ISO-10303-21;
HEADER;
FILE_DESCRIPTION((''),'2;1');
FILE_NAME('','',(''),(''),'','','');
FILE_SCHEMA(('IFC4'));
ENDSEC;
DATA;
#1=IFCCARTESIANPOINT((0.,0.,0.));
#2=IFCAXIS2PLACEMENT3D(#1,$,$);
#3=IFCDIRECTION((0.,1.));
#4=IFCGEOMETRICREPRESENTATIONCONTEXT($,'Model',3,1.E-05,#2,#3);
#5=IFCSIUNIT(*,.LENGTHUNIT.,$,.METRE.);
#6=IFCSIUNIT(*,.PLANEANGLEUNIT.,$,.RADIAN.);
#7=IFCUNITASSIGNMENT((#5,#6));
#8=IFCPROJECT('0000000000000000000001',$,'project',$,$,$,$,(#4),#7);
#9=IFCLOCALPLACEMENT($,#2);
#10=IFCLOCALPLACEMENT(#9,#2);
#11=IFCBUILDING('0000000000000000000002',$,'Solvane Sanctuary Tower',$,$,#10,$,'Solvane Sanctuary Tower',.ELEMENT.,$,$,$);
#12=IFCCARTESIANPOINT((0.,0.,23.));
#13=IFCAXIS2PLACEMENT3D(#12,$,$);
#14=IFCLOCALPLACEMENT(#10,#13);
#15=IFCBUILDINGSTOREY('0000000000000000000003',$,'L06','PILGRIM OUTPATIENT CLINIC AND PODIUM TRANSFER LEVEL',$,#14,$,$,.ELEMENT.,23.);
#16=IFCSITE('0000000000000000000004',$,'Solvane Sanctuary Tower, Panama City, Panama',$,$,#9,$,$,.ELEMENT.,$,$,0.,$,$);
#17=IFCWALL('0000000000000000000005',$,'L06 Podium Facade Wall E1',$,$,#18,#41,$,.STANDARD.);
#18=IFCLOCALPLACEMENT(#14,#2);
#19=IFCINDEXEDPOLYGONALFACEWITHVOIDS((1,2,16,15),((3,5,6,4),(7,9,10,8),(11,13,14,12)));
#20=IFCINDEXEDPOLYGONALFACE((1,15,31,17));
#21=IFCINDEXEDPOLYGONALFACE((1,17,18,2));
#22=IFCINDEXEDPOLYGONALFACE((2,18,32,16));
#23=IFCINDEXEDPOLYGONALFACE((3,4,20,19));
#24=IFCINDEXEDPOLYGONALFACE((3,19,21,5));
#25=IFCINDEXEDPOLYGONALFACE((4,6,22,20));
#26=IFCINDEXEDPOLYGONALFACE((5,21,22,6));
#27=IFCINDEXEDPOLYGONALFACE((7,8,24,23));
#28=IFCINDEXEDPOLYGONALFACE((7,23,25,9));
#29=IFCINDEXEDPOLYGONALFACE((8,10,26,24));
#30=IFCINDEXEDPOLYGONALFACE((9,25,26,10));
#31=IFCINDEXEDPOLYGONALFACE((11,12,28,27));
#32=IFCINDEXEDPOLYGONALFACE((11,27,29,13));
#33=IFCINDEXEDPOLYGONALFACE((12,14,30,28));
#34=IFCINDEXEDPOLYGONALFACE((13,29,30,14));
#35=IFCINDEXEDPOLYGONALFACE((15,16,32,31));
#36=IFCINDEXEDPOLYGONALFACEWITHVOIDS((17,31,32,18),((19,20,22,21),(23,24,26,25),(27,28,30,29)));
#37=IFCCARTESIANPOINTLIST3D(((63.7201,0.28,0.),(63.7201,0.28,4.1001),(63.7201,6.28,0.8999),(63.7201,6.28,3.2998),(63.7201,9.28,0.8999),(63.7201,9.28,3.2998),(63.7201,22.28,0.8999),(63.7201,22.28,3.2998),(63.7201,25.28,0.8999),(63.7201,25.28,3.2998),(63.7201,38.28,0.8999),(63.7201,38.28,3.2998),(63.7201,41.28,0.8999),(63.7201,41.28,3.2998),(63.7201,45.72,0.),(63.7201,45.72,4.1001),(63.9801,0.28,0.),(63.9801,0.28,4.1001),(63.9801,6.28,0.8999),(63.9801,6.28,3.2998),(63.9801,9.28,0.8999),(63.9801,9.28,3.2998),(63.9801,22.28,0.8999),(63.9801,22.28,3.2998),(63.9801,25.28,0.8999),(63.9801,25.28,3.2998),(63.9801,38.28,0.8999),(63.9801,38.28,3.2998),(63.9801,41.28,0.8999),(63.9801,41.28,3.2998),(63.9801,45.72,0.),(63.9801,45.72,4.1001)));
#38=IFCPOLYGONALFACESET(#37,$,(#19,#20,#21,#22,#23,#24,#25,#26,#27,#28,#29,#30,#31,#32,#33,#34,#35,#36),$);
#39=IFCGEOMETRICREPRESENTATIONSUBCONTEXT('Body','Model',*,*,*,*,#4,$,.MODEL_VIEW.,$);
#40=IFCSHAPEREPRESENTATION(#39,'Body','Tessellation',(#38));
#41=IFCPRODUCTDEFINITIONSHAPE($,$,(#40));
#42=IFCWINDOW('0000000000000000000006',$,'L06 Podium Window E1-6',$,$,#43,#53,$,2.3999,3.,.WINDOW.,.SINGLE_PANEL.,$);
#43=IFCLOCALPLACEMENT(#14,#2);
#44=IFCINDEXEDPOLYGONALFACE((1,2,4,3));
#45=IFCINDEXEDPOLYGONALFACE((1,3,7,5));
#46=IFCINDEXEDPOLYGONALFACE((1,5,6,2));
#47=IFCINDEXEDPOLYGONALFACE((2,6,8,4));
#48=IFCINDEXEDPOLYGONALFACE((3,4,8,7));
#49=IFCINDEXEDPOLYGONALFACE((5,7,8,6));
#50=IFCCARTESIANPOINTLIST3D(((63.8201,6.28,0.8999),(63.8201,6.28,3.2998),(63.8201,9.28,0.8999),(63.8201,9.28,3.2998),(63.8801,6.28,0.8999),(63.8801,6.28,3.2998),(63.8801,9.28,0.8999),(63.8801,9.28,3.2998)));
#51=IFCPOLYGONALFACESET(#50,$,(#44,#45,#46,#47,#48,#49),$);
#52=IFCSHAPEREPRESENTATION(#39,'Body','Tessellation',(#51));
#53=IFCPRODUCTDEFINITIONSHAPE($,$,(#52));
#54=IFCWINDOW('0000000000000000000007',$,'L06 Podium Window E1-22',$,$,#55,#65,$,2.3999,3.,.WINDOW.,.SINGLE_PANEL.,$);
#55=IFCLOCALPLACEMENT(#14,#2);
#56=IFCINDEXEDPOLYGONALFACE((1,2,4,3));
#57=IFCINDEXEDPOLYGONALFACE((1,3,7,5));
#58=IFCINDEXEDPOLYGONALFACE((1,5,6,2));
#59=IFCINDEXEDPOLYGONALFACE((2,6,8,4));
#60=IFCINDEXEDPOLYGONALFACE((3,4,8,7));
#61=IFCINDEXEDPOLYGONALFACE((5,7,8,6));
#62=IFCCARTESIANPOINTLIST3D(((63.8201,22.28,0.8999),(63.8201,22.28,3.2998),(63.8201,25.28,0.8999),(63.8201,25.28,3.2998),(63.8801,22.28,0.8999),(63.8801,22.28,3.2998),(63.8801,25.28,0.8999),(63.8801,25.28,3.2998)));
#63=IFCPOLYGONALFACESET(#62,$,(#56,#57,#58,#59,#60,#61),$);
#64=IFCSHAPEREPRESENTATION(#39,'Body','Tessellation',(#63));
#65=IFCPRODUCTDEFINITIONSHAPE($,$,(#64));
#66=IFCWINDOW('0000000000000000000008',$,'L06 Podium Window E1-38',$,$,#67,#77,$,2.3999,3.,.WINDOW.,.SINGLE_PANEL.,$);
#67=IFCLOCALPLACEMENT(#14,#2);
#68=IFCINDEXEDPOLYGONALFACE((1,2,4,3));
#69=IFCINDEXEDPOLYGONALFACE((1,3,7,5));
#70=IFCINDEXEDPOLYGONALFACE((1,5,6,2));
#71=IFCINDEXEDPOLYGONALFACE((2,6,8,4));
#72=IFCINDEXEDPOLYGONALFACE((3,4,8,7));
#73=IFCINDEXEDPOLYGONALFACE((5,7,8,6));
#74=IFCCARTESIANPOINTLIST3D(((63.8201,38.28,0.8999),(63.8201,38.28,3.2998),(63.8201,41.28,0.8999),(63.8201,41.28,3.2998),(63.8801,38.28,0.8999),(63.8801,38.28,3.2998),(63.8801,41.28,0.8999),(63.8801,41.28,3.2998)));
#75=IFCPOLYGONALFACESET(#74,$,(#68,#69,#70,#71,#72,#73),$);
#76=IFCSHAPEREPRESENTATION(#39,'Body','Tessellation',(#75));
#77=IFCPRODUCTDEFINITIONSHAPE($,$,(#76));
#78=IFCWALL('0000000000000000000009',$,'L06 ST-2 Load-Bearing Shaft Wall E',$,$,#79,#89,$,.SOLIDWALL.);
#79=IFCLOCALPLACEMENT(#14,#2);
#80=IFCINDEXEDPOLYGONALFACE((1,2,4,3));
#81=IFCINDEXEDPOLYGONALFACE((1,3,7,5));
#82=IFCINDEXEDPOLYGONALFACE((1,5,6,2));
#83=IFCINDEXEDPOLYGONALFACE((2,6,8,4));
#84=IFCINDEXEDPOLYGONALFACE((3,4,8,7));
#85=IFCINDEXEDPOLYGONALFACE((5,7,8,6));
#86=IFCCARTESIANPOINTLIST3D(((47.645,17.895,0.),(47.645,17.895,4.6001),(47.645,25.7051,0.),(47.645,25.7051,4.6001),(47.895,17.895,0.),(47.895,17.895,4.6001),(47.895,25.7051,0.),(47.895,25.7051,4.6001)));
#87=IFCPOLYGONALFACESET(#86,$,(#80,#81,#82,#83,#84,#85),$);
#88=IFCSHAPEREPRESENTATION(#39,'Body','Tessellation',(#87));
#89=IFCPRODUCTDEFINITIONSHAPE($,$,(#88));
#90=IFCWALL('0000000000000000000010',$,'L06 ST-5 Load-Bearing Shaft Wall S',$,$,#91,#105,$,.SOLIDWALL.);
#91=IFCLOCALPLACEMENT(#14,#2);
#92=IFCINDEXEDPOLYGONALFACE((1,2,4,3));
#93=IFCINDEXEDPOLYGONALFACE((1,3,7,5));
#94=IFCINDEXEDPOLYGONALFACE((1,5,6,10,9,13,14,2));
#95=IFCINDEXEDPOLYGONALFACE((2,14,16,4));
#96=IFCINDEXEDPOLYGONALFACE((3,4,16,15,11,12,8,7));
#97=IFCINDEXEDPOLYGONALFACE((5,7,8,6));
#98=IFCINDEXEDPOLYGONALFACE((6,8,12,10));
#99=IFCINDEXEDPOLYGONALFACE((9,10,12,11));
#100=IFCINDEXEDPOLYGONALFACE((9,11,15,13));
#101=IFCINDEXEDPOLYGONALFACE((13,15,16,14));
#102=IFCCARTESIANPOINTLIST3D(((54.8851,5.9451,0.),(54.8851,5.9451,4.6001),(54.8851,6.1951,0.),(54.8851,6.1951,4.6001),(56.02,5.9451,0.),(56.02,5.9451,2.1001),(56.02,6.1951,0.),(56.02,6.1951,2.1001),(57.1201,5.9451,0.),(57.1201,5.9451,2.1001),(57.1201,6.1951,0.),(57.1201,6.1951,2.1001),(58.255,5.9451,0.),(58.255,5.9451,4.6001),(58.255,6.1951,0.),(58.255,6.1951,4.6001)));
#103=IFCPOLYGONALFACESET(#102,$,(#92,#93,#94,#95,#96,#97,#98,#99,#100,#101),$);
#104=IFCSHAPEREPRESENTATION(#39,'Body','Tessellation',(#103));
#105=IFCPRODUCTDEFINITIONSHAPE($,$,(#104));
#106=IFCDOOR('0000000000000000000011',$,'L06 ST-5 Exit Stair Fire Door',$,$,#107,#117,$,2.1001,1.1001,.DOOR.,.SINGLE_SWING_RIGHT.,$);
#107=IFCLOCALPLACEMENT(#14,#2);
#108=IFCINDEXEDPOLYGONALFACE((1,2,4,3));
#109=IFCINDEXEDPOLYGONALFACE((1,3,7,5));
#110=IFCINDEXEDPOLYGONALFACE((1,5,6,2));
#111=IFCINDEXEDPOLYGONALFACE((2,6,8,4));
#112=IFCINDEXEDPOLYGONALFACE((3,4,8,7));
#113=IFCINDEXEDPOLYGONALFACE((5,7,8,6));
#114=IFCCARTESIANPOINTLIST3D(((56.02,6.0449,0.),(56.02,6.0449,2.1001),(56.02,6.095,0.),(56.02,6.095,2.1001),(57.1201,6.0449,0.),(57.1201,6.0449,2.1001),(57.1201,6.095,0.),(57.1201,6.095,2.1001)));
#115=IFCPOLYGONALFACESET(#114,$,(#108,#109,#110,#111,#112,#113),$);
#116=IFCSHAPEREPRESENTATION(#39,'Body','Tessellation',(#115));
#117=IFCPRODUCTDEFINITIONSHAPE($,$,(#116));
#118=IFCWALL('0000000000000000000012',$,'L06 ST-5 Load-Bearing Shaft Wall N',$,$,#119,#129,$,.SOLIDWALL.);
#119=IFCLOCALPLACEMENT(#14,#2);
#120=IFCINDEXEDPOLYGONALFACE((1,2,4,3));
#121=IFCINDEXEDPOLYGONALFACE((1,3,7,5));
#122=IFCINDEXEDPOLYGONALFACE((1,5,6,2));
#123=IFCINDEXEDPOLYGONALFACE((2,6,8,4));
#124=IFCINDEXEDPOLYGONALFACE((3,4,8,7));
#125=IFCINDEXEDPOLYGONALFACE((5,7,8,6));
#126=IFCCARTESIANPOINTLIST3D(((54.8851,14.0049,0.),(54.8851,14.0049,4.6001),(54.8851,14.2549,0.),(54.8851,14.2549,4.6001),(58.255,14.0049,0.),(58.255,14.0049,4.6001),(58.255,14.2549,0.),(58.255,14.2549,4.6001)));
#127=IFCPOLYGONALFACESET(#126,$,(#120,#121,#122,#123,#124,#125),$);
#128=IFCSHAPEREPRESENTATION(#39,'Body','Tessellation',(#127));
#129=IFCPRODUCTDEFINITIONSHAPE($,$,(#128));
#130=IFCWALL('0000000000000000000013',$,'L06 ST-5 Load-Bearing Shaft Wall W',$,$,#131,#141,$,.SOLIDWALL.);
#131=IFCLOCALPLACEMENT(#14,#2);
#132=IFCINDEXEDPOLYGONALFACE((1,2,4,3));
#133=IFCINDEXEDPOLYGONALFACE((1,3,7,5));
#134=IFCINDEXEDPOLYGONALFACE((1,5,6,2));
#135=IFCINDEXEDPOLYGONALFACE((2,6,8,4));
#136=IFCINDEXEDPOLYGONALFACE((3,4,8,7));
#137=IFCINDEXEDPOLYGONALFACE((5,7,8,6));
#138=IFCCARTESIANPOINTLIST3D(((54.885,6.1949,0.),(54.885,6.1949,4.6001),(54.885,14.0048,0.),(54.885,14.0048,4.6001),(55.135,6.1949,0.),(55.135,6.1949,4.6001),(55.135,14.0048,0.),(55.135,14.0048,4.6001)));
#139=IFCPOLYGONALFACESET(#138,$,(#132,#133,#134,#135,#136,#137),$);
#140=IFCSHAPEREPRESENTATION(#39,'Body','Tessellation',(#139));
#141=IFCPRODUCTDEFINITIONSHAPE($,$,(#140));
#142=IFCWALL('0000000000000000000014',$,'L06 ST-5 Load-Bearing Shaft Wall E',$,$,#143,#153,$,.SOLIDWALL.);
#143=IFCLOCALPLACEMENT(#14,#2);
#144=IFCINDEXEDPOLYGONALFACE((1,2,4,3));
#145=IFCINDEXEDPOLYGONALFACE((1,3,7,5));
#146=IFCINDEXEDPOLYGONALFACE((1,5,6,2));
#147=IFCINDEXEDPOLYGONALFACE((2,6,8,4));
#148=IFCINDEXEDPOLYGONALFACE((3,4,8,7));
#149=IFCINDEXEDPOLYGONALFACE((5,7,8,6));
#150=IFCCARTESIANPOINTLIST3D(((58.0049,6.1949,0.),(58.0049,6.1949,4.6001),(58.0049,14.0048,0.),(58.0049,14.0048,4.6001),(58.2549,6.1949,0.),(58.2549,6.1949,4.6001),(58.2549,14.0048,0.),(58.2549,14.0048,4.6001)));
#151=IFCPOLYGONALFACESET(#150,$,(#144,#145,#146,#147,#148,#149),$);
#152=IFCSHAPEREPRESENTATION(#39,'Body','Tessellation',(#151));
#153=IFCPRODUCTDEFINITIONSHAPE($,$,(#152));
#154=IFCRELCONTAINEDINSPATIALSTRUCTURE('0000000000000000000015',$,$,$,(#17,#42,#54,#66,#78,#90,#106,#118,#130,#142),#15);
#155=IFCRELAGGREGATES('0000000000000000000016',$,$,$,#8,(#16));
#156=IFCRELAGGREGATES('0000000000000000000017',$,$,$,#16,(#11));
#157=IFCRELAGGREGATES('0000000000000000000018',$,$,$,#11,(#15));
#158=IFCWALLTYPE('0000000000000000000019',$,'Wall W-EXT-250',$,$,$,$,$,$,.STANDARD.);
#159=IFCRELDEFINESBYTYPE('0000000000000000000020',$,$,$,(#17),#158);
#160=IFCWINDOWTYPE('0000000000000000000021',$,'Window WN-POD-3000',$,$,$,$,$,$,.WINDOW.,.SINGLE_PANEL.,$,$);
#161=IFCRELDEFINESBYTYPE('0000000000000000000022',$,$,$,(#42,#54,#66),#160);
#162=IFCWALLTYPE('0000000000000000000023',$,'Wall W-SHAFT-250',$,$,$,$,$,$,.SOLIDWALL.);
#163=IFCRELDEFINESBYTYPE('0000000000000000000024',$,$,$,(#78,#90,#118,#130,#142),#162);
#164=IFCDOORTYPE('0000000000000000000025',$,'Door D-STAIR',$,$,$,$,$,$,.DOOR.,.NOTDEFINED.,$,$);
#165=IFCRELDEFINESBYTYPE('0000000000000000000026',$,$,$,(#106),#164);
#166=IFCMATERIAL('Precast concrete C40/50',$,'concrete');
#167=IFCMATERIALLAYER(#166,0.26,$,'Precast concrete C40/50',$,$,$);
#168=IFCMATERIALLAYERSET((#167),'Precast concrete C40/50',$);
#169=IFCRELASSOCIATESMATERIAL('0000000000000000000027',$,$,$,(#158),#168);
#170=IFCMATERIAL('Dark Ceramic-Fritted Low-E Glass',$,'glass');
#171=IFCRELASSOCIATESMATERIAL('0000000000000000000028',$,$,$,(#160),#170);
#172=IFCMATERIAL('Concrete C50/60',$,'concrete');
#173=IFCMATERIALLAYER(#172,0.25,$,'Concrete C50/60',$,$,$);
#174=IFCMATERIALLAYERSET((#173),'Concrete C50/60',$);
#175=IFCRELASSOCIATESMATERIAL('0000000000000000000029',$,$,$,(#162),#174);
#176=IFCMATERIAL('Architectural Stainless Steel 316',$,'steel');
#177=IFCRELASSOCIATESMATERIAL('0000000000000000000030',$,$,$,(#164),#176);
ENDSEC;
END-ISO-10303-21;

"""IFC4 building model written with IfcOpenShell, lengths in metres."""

from ifc_helpers import new_model, si_unit, direction, frame, frame_2d, origin, place, context, subcontext, project, spatial, rectangle, extrude, material, layer, layer_set, type_object, element, fill, save


model = new_model("IFC4")

# Units and contexts
model_context = context("Model", 3, precision=1e-05, world=origin(), true_north=direction((0.0, 1.0)))
body_context = subcontext(model_context, "Body", "Model", "MODEL_VIEW")
ifc_project = project(units=[si_unit("LENGTHUNIT", "METRE"), si_unit("PLANEANGLEUNIT", "RADIAN")], contexts=[model_context])

# Site, building, storey
site_placement = place(None, origin())
site = spatial("IfcSite", under=ifc_project, at=site_placement, Name="Solvane Sanctuary Tower, Panama City, Panama", CompositionType="ELEMENT", RefElevation=0.0)
building_placement = place(site_placement, origin())
building = spatial("IfcBuilding", under=site, at=building_placement, Name="Solvane Sanctuary Tower", LongName="Solvane Sanctuary Tower", CompositionType="ELEMENT")
storey_placement = place(building_placement, frame((0.0, 0.0, 23.0)))
storey = spatial("IfcBuildingStorey", under=building, at=storey_placement, Name="L06", Description="PILGRIM OUTPATIENT CLINIC AND PODIUM TRANSFER LEVEL", CompositionType="ELEMENT", Elevation=23.0)

# Shared definitions
ifc_material_1 = material(Name="Architectural Stainless Steel 316", Category="steel")

# Wall, openings, windows
ifc_material_2 = material(Name="Precast concrete C40/50", Category="concrete")
ifc_layer_1 = layer(ifc_material_2, 0.26, Name="Precast concrete C40/50")
ifc_layer_set_1 = layer_set([ifc_layer_1], Name="Precast concrete C40/50")
wall_type_1 = type_object("IfcWallType", Name="Wall W-EXT-250", PredefinedType="STANDARD", material=ifc_layer_set_1)
wall_1_placement = place(storey_placement, frame((63.8501, 0.28, 0.0), z_axis=(0.0, 0.0, 1.0), x_axis=(0.0, 1.0, 0.0)))
wall_1 = element("IfcWall", 1, at=wall_1_placement, inside=storey, type_object=wall_type_1, Name="L06 Podium Facade Wall E1", PredefinedType="STANDARD", context=body_context, shape_type="SweptSolid", body=[
    extrude(rectangle(XDim=45.4399, YDim=0.26, at=frame_2d((22.72, 0.0))), origin(), (0.0, 0.0, 1.0), 4.1001),
])
opening_1_placement = place(wall_1_placement, frame((6.0, 0.0, 0.8999)))
opening_1 = element("IfcOpeningElement", 2, at=opening_1_placement, cuts=wall_1, PredefinedType="OPENING", context=body_context, shape_type="SweptSolid", body=[
    extrude(rectangle(XDim=3.0, YDim=2.3999, at=frame_2d((1.5, 1.2))), frame((0.0, 0.1399, 0.0), z_axis=(0.0, -1.0, 0.0), x_axis=(1.0, 0.0, 0.0)), (0.0, 0.0, 1.0), 0.28),
])
opening_2_placement = place(wall_1_placement, frame((22.0, 0.0, 0.8999)))
opening_2 = element("IfcOpeningElement", 3, at=opening_2_placement, cuts=wall_1, PredefinedType="OPENING", context=body_context, shape_type="SweptSolid", body=[
    extrude(rectangle(XDim=3.0, YDim=2.3999, at=frame_2d((1.5, 1.2))), frame((0.0, 0.1399, 0.0), z_axis=(0.0, -1.0, 0.0), x_axis=(1.0, 0.0, 0.0)), (0.0, 0.0, 1.0), 0.28),
])
opening_3_placement = place(wall_1_placement, frame((38.0, 0.0, 0.8999)))
opening_3 = element("IfcOpeningElement", 4, at=opening_3_placement, cuts=wall_1, PredefinedType="OPENING", context=body_context, shape_type="SweptSolid", body=[
    extrude(rectangle(XDim=3.0, YDim=2.3999, at=frame_2d((1.5, 1.2))), frame((0.0, 0.1399, 0.0), z_axis=(0.0, -1.0, 0.0), x_axis=(1.0, 0.0, 0.0)), (0.0, 0.0, 1.0), 0.28),
])
ifc_material_3 = material(Name="Dark Ceramic-Fritted Low-E Glass", Category="glass")
window_type = type_object("IfcWindowType", Name="Window WN-POD-3000", PartitioningType="SINGLE_PANEL", PredefinedType="WINDOW", material=ifc_material_3)
window_1_placement = place(opening_1_placement, origin())
window_1 = element("IfcWindow", 5, at=window_1_placement, inside=storey, type_object=window_type, Name="L06 Podium Window E1-6", OverallHeight=2.3999, OverallWidth=3.0, PartitioningType="SINGLE_PANEL", PredefinedType="WINDOW", context=body_context, shape_type="SweptSolid", body=[
    extrude(rectangle(XDim=3.0, YDim=2.3999, at=frame_2d((1.5, 1.2))), frame((0.0, 0.03, 0.0), z_axis=(0.0, -1.0, 0.0), x_axis=(1.0, 0.0, 0.0)), (0.0, 0.0, 1.0), 0.0601),
])
fill(opening_1, window_1)
window_2_placement = place(opening_2_placement, origin())
window_2 = element("IfcWindow", 6, at=window_2_placement, inside=storey, type_object=window_type, Name="L06 Podium Window E1-22", OverallHeight=2.3999, OverallWidth=3.0, PartitioningType="SINGLE_PANEL", PredefinedType="WINDOW", context=body_context, shape_type="SweptSolid", body=[
    extrude(rectangle(XDim=3.0, YDim=2.3999, at=frame_2d((1.5, 1.2))), frame((0.0, 0.03, 0.0), z_axis=(0.0, -1.0, 0.0), x_axis=(1.0, 0.0, 0.0)), (0.0, 0.0, 1.0), 0.0601),
])
fill(opening_2, window_2)
window_3_placement = place(opening_3_placement, origin())
window_3 = element("IfcWindow", 7, at=window_3_placement, inside=storey, type_object=window_type, Name="L06 Podium Window E1-38", OverallHeight=2.3999, OverallWidth=3.0, PartitioningType="SINGLE_PANEL", PredefinedType="WINDOW", context=body_context, shape_type="SweptSolid", body=[
    extrude(rectangle(XDim=3.0, YDim=2.3999, at=frame_2d((1.5, 1.2))), frame((0.0, 0.03, 0.0), z_axis=(0.0, -1.0, 0.0), x_axis=(1.0, 0.0, 0.0)), (0.0, 0.0, 1.0), 0.0601),
])
fill(opening_3, window_3)

# Wall
ifc_material_4 = material(Name="Concrete C50/60", Category="concrete")
ifc_layer_2 = layer(ifc_material_4, 0.25, Name="Concrete C50/60")
ifc_layer_set_2 = layer_set([ifc_layer_2], Name="Concrete C50/60")
wall_type_2 = type_object("IfcWallType", Name="Wall W-SHAFT-250", PredefinedType="SOLIDWALL", material=ifc_layer_set_2)
wall_2_placement = place(storey_placement, frame((47.77, 17.895, 0.0), z_axis=(0.0, 0.0, 1.0), x_axis=(0.0, 1.0, 0.0)))
element("IfcWall", 8, at=wall_2_placement, inside=storey, type_object=wall_type_2, Name="L06 ST-2 Load-Bearing Shaft Wall E", PredefinedType="SOLIDWALL", context=body_context, shape_type="SweptSolid", body=[
    extrude(rectangle(XDim=7.8101, YDim=0.25, at=frame_2d((3.905, 0.0))), origin(), (0.0, 0.0, 1.0), 4.6001),
])

# Wall, opening, door
wall_3_placement = place(storey_placement, frame((54.885, 6.0701, 0.0), z_axis=(0.0, 0.0, 1.0), x_axis=(1.0, 0.0, 0.0)))
wall_3 = element("IfcWall", 9, at=wall_3_placement, inside=storey, type_object=wall_type_2, Name="L06 ST-5 Load-Bearing Shaft Wall S", PredefinedType="SOLIDWALL", context=body_context, shape_type="SweptSolid", body=[
    extrude(rectangle(XDim=3.3699, YDim=0.25, at=frame_2d((1.6851, 0.0))), origin(), (0.0, 0.0, 1.0), 4.6001),
])
opening_4_placement = place(wall_3_placement, frame((1.135, 0.0, 0.0)))
opening_4 = element("IfcOpeningElement", 10, at=opening_4_placement, cuts=wall_3, PredefinedType="OPENING", context=body_context, shape_type="SweptSolid", body=[
    extrude(rectangle(XDim=1.1001, YDim=2.1001, at=frame_2d((0.55, 1.05))), frame((0.0, 0.135, 0.0), z_axis=(0.0, -1.0, 0.0), x_axis=(1.0, 0.0, 0.0)), (0.0, 0.0, 1.0), 0.27),
])
door_type_1 = type_object("IfcDoorType", Name="Door D-STAIR", OperationType="NOTDEFINED", PredefinedType="DOOR", material=ifc_material_1)
door_1_placement = place(opening_4_placement, origin())
door_1 = element("IfcDoor", 11, at=door_1_placement, inside=storey, type_object=door_type_1, Name="L06 ST-5 Exit Stair Fire Door", OperationType="SINGLE_SWING_RIGHT", OverallHeight=2.1001, OverallWidth=1.1001, PredefinedType="DOOR", context=body_context, shape_type="SweptSolid", body=[
    extrude(rectangle(XDim=1.1001, YDim=2.1001, at=frame_2d((0.55, 1.05))), frame((0.0, 0.0249, 0.0), z_axis=(0.0, -1.0, 0.0), x_axis=(1.0, 0.0, 0.0)), (0.0, 0.0, 1.0), 0.05),
])
fill(opening_4, door_1)

# Walls
wall_4_placement = place(storey_placement, frame((54.885, 14.1299, 0.0), z_axis=(0.0, 0.0, 1.0), x_axis=(1.0, 0.0, 0.0)))
element("IfcWall", 12, at=wall_4_placement, inside=storey, type_object=wall_type_2, Name="L06 ST-5 Load-Bearing Shaft Wall N", PredefinedType="SOLIDWALL", context=body_context, shape_type="SweptSolid", body=[
    extrude(rectangle(XDim=3.3699, YDim=0.25, at=frame_2d((1.6851, 0.0))), origin(), (0.0, 0.0, 1.0), 4.6001),
])
for number, where, z_axis, x_axis, name in (
    (13, (55.01, 6.1951, 0.0), (0.0, 0.0, 1.0), (0.0, 1.0, 0.0), "L06 ST-5 Load-Bearing Shaft Wall W"),
    (14, (58.1299, 6.1951, 0.0), (0.0, 0.0, 1.0), (0.0, 1.0, 0.0), "L06 ST-5 Load-Bearing Shaft Wall E"),
):
    element("IfcWall", number, at=place(storey_placement, frame(where, z_axis=z_axis, x_axis=x_axis)), inside=storey, type_object=wall_type_2, Name=name, PredefinedType="SOLIDWALL", context=body_context, shape_type="SweptSolid", body=[
        extrude(rectangle(XDim=7.8098, YDim=0.25, at=frame_2d((3.9048, 0.0))), origin(), (0.0, 0.0, 1.0), 4.6001),
    ])

save(model, "model.ifc")
